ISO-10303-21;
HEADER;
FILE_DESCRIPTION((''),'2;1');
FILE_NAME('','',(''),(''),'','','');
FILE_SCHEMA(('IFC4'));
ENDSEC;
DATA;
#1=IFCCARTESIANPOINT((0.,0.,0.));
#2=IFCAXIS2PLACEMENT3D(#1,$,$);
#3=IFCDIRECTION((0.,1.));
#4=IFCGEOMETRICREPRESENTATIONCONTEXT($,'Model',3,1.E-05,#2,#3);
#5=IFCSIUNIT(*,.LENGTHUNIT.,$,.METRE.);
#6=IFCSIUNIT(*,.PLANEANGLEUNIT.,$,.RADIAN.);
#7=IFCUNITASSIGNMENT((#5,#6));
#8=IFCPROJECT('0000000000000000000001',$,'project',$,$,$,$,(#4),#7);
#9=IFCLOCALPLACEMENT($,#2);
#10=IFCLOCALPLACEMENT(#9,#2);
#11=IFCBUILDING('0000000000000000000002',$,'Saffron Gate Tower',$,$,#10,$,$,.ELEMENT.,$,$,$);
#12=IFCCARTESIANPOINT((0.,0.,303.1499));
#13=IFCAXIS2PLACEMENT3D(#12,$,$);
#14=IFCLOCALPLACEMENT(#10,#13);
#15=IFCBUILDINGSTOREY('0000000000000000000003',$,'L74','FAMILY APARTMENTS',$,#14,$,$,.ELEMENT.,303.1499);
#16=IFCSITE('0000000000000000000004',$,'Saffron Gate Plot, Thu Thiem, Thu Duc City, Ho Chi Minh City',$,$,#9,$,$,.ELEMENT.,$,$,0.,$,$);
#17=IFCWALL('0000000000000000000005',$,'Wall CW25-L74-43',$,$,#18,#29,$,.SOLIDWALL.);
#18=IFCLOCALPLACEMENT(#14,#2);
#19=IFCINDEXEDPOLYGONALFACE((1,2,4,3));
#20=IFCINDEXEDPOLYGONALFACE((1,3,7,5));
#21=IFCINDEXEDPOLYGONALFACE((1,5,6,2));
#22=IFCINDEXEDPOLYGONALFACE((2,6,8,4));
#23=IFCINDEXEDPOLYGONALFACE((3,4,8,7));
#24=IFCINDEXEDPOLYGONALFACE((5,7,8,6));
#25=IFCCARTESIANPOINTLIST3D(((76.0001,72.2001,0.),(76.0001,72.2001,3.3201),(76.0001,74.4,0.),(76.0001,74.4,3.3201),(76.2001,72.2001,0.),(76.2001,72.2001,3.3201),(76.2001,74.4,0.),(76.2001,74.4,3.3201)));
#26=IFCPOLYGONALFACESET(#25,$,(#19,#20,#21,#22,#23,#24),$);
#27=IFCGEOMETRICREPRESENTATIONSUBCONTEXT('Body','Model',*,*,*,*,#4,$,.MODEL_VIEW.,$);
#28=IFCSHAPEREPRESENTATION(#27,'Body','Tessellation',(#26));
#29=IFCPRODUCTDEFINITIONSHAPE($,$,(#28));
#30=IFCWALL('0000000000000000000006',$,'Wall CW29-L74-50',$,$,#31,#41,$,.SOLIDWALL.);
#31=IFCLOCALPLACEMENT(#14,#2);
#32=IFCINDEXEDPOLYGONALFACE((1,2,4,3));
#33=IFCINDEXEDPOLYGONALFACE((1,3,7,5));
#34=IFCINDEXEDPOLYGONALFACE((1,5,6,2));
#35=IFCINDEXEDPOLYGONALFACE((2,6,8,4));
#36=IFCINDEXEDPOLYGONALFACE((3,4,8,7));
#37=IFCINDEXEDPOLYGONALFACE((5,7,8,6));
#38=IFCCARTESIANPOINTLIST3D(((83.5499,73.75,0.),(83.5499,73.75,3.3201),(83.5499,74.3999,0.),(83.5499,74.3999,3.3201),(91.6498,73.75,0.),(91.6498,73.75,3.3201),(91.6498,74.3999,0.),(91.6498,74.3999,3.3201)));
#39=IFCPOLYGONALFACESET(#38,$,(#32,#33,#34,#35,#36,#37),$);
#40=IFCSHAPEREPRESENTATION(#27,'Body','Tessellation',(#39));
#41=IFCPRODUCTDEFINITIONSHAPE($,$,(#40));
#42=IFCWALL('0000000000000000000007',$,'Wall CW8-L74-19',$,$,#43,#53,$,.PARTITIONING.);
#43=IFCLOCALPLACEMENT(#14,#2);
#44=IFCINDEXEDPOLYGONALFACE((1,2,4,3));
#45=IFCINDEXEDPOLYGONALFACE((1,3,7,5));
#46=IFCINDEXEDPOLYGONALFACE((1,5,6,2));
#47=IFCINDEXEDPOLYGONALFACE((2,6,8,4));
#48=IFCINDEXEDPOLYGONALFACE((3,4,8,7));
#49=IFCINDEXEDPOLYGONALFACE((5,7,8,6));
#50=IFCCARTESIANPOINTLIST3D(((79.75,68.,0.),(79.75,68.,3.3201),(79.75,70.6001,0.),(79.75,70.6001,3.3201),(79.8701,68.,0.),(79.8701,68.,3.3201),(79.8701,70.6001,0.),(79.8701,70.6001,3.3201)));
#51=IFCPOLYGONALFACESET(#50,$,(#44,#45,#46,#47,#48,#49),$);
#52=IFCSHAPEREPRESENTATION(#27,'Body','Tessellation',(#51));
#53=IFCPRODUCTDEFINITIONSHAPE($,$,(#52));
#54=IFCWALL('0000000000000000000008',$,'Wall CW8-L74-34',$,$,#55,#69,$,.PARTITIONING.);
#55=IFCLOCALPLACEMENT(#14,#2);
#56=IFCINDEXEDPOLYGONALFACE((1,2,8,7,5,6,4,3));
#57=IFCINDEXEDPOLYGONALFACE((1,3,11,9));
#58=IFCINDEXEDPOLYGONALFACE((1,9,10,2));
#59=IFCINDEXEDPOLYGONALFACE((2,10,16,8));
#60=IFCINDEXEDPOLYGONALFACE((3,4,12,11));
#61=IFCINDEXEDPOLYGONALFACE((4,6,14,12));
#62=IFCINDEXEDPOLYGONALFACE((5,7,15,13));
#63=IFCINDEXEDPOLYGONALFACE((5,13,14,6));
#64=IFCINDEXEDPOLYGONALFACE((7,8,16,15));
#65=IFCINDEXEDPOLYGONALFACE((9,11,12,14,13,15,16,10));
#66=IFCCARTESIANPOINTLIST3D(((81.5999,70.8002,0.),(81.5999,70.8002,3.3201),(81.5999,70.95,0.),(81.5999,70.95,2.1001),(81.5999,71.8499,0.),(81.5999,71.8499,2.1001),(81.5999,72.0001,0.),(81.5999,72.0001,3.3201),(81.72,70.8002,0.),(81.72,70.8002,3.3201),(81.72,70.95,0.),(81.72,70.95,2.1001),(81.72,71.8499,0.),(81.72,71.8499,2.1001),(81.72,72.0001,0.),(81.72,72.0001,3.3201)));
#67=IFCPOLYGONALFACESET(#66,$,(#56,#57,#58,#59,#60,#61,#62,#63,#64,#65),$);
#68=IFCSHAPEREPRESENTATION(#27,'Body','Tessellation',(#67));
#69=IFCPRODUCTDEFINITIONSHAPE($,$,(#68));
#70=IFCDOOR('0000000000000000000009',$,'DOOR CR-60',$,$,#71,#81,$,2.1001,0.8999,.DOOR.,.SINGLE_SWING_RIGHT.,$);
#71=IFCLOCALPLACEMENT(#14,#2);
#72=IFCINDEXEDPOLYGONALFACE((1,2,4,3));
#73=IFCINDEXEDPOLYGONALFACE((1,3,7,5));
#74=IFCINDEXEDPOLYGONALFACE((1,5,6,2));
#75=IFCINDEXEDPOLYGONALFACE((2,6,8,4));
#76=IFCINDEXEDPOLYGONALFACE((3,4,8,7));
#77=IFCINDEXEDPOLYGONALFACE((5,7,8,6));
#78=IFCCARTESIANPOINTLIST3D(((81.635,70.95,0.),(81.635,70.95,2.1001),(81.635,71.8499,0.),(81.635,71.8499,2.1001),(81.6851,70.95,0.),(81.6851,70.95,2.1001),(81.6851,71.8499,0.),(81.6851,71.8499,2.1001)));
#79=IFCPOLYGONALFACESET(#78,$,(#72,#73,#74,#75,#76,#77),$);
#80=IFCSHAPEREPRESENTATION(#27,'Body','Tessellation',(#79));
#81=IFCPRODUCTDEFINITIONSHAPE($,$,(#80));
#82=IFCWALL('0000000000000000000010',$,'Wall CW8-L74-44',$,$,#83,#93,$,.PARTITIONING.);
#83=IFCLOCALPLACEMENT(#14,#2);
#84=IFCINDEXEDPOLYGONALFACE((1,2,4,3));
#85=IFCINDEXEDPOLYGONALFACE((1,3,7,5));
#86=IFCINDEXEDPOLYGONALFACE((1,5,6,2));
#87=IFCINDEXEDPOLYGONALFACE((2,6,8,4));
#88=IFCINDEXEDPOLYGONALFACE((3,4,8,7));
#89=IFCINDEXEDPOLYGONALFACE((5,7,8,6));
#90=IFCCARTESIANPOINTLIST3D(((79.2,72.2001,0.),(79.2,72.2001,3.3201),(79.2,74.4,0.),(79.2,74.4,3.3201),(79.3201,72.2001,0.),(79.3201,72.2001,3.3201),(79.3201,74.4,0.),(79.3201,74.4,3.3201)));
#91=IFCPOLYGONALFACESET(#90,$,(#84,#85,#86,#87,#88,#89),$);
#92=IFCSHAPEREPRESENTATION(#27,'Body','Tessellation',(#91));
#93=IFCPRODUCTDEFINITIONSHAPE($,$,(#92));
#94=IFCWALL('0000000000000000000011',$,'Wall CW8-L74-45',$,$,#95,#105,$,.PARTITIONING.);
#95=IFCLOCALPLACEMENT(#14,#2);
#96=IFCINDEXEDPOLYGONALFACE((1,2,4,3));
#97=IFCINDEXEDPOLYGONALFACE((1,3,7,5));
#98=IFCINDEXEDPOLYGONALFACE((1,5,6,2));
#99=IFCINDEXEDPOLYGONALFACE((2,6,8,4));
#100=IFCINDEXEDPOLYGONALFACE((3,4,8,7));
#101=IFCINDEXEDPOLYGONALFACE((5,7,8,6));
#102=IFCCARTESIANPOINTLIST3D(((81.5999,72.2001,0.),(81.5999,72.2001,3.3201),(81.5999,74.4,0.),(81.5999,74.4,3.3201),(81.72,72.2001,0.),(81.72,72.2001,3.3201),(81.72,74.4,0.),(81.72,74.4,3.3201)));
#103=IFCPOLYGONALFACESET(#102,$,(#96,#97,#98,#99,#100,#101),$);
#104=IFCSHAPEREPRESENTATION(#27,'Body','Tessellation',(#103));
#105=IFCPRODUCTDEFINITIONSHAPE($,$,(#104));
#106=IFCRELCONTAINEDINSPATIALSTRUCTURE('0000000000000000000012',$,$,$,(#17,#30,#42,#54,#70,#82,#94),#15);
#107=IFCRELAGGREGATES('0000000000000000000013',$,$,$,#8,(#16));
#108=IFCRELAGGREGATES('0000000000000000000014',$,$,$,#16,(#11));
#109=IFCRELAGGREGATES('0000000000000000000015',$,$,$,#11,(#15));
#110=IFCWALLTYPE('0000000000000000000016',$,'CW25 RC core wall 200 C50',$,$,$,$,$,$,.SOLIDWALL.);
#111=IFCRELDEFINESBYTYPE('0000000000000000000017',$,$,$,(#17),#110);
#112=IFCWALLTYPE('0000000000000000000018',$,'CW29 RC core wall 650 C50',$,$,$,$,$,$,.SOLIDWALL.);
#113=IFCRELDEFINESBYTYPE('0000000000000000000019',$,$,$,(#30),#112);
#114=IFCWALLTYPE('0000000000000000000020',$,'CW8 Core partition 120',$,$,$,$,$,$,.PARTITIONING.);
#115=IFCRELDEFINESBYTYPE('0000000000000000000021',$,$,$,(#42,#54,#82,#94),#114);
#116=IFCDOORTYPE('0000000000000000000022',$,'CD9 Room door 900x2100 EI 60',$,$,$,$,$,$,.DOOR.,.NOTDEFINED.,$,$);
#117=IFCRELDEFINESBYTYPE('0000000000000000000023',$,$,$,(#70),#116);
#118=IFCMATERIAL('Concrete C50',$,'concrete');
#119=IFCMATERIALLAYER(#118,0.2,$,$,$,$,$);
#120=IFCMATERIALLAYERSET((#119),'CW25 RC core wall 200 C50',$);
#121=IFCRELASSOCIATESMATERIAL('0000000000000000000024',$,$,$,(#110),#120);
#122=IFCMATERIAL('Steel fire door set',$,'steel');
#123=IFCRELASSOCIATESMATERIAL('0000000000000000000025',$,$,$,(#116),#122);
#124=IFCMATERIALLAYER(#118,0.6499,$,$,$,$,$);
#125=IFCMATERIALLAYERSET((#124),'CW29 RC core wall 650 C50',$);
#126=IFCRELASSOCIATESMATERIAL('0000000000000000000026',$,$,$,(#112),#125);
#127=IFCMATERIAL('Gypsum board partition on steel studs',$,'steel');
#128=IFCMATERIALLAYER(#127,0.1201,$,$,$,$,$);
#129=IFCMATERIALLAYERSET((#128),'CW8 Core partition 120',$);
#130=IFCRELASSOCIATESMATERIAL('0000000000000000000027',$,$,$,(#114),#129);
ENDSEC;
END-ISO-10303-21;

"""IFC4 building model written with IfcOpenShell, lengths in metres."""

from ifc_helpers import new_model, si_unit, direction, frame, frame_2d, origin, place, context, subcontext, project, spatial, rectangle, extrude, material, layer, layer_set, type_object, element, fill, save


model = new_model("IFC4")

# Units and contexts
model_context = context("Model", 3, precision=1e-05, world=origin(), true_north=direction((0.0, 1.0)))
body_context = subcontext(model_context, "Body", "Model", "MODEL_VIEW")
ifc_project = project(units=[si_unit("LENGTHUNIT", "METRE"), si_unit("PLANEANGLEUNIT", "RADIAN")], contexts=[model_context])

# Site, building, storey
site_placement = place(None, origin())
site = spatial("IfcSite", under=ifc_project, at=site_placement, Name="Saffron Gate Plot, Thu Thiem, Thu Duc City, Ho Chi Minh City", CompositionType="ELEMENT", RefElevation=0.0)
building_placement = place(site_placement, origin())
building = spatial("IfcBuilding", under=site, at=building_placement, Name="Saffron Gate Tower", CompositionType="ELEMENT")
storey_placement = place(building_placement, frame((0.0, 0.0, 303.1499)))
storey = spatial("IfcBuildingStorey", under=building, at=storey_placement, Name="L74", Description="FAMILY APARTMENTS", CompositionType="ELEMENT", Elevation=303.1499)

# Shared definitions
ifc_material_1 = material(Name="Concrete C50", Category="concrete")

# Shared definitions
ifc_layer_1 = layer(ifc_material_1, 0.2)
ifc_layer_set_1 = layer_set([ifc_layer_1], Name="CW25 RC core wall 200 C50")
wall_type_1 = type_object("IfcWallType", Name="CW25 RC core wall 200 C50", PredefinedType="SOLIDWALL", material=ifc_layer_set_1)
ifc_material_2 = material(Name="Steel fire door set", Category="steel")
door_type_1 = type_object("IfcDoorType", Name="CD9 Room door 900x2100 EI 60", OperationType="NOTDEFINED", PredefinedType="DOOR", material=ifc_material_2)

# Walls
wall_1_placement = place(storey_placement, frame((76.1001, 72.2, 0.0), z_axis=(0.0, 0.0, 1.0), x_axis=(0.0, 1.0, 0.0)))
element("IfcWall", 1, at=wall_1_placement, inside=storey, type_object=wall_type_1, Name="Wall CW25-L74-43", PredefinedType="SOLIDWALL", context=body_context, shape_type="SweptSolid", body=[
    extrude(rectangle(XDim=2.2, YDim=0.2, at=frame_2d((1.1001, 0.0))), origin(), (0.0, 0.0, 1.0), 3.3201),
])
ifc_layer_2 = layer(ifc_material_1, 0.6499)
ifc_layer_set_2 = layer_set([ifc_layer_2], Name="CW29 RC core wall 650 C50")
wall_type_2 = type_object("IfcWallType", Name="CW29 RC core wall 650 C50", PredefinedType="SOLIDWALL", material=ifc_layer_set_2)
wall_2_placement = place(storey_placement, frame((83.55, 74.075, 0.0), z_axis=(0.0, 0.0, 1.0), x_axis=(1.0, 0.0, 0.0)))
element("IfcWall", 2, at=wall_2_placement, inside=storey, type_object=wall_type_2, Name="Wall CW29-L74-50", PredefinedType="SOLIDWALL", context=body_context, shape_type="SweptSolid", body=[
    extrude(rectangle(XDim=8.0999, YDim=0.6499, at=frame_2d((4.0498, 0.0))), origin(), (0.0, 0.0, 1.0), 3.3201),
])
ifc_material_3 = material(Name="Gypsum board partition on steel studs", Category="steel")
ifc_layer_3 = layer(ifc_material_3, 0.1201)
ifc_layer_set_3 = layer_set([ifc_layer_3], Name="CW8 Core partition 120")
wall_type_3 = type_object("IfcWallType", Name="CW8 Core partition 120", PredefinedType="PARTITIONING", material=ifc_layer_set_3)
wall_3_placement = place(storey_placement, frame((79.8101, 68.0, 0.0), z_axis=(0.0, 0.0, 1.0), x_axis=(0.0, 1.0, 0.0)))
element("IfcWall", 3, at=wall_3_placement, inside=storey, type_object=wall_type_3, Name="Wall CW8-L74-19", PredefinedType="PARTITIONING", context=body_context, shape_type="SweptSolid", body=[
    extrude(rectangle(XDim=2.6001, YDim=0.1201, at=frame_2d((1.3, 0.0))), origin(), (0.0, 0.0, 1.0), 3.3201),
])

# Wall, opening, door
wall_4_placement = place(storey_placement, frame((81.6599, 70.8, 0.0), z_axis=(0.0, 0.0, 1.0), x_axis=(0.0, 1.0, 0.0)))
wall_4 = element("IfcWall", 4, at=wall_4_placement, inside=storey, type_object=wall_type_3, Name="Wall CW8-L74-34", PredefinedType="PARTITIONING", context=body_context, shape_type="SweptSolid", body=[
    extrude(rectangle(XDim=1.2, YDim=0.1201, at=frame_2d((0.6001, 0.0))), origin(), (0.0, 0.0, 1.0), 3.3201),
])
opening_1_placement = place(wall_4_placement, frame((0.1499, 0.0, 0.0)))
opening_1 = element("IfcOpeningElement", 5, at=opening_1_placement, cuts=wall_4, PredefinedType="OPENING", context=body_context, shape_type="SweptSolid", body=[
    extrude(rectangle(XDim=0.8999, YDim=2.1001, at=frame_2d((0.45, 1.05))), frame((0.0, 0.0701, 0.0), z_axis=(0.0, -1.0, 0.0), x_axis=(1.0, 0.0, 0.0)), (0.0, 0.0, 1.0), 0.1401),
])
door_1_placement = place(opening_1_placement, origin())
door_1 = element("IfcDoor", 6, at=door_1_placement, inside=storey, type_object=door_type_1, Name="DOOR CR-60", OperationType="SINGLE_SWING_RIGHT", OverallHeight=2.1001, OverallWidth=0.8999, PredefinedType="DOOR", context=body_context, shape_type="SweptSolid", body=[
    extrude(rectangle(XDim=0.8999, YDim=2.1001, at=frame_2d((0.45, 1.05))), frame((0.0, 0.0249, 0.0), z_axis=(0.0, -1.0, 0.0), x_axis=(1.0, 0.0, 0.0)), (0.0, 0.0, 1.0), 0.05),
])
fill(opening_1, door_1)

# Walls
for number, where, z_axis, x_axis, name in (
    (7, (79.26, 72.2, 0.0), (0.0, 0.0, 1.0), (0.0, 1.0, 0.0), "Wall CW8-L74-44"),
    (8, (81.6599, 72.2, 0.0), (0.0, 0.0, 1.0), (0.0, 1.0, 0.0), "Wall CW8-L74-45"),
):
    element("IfcWall", number, at=place(storey_placement, frame(where, z_axis=z_axis, x_axis=x_axis)), inside=storey, type_object=wall_type_3, Name=name, PredefinedType="PARTITIONING", context=body_context, shape_type="SweptSolid", body=[
        extrude(rectangle(XDim=2.2, YDim=0.1201, at=frame_2d((1.1001, 0.0))), origin(), (0.0, 0.0, 1.0), 3.3201),
    ])

save(model, "model.ifc")
